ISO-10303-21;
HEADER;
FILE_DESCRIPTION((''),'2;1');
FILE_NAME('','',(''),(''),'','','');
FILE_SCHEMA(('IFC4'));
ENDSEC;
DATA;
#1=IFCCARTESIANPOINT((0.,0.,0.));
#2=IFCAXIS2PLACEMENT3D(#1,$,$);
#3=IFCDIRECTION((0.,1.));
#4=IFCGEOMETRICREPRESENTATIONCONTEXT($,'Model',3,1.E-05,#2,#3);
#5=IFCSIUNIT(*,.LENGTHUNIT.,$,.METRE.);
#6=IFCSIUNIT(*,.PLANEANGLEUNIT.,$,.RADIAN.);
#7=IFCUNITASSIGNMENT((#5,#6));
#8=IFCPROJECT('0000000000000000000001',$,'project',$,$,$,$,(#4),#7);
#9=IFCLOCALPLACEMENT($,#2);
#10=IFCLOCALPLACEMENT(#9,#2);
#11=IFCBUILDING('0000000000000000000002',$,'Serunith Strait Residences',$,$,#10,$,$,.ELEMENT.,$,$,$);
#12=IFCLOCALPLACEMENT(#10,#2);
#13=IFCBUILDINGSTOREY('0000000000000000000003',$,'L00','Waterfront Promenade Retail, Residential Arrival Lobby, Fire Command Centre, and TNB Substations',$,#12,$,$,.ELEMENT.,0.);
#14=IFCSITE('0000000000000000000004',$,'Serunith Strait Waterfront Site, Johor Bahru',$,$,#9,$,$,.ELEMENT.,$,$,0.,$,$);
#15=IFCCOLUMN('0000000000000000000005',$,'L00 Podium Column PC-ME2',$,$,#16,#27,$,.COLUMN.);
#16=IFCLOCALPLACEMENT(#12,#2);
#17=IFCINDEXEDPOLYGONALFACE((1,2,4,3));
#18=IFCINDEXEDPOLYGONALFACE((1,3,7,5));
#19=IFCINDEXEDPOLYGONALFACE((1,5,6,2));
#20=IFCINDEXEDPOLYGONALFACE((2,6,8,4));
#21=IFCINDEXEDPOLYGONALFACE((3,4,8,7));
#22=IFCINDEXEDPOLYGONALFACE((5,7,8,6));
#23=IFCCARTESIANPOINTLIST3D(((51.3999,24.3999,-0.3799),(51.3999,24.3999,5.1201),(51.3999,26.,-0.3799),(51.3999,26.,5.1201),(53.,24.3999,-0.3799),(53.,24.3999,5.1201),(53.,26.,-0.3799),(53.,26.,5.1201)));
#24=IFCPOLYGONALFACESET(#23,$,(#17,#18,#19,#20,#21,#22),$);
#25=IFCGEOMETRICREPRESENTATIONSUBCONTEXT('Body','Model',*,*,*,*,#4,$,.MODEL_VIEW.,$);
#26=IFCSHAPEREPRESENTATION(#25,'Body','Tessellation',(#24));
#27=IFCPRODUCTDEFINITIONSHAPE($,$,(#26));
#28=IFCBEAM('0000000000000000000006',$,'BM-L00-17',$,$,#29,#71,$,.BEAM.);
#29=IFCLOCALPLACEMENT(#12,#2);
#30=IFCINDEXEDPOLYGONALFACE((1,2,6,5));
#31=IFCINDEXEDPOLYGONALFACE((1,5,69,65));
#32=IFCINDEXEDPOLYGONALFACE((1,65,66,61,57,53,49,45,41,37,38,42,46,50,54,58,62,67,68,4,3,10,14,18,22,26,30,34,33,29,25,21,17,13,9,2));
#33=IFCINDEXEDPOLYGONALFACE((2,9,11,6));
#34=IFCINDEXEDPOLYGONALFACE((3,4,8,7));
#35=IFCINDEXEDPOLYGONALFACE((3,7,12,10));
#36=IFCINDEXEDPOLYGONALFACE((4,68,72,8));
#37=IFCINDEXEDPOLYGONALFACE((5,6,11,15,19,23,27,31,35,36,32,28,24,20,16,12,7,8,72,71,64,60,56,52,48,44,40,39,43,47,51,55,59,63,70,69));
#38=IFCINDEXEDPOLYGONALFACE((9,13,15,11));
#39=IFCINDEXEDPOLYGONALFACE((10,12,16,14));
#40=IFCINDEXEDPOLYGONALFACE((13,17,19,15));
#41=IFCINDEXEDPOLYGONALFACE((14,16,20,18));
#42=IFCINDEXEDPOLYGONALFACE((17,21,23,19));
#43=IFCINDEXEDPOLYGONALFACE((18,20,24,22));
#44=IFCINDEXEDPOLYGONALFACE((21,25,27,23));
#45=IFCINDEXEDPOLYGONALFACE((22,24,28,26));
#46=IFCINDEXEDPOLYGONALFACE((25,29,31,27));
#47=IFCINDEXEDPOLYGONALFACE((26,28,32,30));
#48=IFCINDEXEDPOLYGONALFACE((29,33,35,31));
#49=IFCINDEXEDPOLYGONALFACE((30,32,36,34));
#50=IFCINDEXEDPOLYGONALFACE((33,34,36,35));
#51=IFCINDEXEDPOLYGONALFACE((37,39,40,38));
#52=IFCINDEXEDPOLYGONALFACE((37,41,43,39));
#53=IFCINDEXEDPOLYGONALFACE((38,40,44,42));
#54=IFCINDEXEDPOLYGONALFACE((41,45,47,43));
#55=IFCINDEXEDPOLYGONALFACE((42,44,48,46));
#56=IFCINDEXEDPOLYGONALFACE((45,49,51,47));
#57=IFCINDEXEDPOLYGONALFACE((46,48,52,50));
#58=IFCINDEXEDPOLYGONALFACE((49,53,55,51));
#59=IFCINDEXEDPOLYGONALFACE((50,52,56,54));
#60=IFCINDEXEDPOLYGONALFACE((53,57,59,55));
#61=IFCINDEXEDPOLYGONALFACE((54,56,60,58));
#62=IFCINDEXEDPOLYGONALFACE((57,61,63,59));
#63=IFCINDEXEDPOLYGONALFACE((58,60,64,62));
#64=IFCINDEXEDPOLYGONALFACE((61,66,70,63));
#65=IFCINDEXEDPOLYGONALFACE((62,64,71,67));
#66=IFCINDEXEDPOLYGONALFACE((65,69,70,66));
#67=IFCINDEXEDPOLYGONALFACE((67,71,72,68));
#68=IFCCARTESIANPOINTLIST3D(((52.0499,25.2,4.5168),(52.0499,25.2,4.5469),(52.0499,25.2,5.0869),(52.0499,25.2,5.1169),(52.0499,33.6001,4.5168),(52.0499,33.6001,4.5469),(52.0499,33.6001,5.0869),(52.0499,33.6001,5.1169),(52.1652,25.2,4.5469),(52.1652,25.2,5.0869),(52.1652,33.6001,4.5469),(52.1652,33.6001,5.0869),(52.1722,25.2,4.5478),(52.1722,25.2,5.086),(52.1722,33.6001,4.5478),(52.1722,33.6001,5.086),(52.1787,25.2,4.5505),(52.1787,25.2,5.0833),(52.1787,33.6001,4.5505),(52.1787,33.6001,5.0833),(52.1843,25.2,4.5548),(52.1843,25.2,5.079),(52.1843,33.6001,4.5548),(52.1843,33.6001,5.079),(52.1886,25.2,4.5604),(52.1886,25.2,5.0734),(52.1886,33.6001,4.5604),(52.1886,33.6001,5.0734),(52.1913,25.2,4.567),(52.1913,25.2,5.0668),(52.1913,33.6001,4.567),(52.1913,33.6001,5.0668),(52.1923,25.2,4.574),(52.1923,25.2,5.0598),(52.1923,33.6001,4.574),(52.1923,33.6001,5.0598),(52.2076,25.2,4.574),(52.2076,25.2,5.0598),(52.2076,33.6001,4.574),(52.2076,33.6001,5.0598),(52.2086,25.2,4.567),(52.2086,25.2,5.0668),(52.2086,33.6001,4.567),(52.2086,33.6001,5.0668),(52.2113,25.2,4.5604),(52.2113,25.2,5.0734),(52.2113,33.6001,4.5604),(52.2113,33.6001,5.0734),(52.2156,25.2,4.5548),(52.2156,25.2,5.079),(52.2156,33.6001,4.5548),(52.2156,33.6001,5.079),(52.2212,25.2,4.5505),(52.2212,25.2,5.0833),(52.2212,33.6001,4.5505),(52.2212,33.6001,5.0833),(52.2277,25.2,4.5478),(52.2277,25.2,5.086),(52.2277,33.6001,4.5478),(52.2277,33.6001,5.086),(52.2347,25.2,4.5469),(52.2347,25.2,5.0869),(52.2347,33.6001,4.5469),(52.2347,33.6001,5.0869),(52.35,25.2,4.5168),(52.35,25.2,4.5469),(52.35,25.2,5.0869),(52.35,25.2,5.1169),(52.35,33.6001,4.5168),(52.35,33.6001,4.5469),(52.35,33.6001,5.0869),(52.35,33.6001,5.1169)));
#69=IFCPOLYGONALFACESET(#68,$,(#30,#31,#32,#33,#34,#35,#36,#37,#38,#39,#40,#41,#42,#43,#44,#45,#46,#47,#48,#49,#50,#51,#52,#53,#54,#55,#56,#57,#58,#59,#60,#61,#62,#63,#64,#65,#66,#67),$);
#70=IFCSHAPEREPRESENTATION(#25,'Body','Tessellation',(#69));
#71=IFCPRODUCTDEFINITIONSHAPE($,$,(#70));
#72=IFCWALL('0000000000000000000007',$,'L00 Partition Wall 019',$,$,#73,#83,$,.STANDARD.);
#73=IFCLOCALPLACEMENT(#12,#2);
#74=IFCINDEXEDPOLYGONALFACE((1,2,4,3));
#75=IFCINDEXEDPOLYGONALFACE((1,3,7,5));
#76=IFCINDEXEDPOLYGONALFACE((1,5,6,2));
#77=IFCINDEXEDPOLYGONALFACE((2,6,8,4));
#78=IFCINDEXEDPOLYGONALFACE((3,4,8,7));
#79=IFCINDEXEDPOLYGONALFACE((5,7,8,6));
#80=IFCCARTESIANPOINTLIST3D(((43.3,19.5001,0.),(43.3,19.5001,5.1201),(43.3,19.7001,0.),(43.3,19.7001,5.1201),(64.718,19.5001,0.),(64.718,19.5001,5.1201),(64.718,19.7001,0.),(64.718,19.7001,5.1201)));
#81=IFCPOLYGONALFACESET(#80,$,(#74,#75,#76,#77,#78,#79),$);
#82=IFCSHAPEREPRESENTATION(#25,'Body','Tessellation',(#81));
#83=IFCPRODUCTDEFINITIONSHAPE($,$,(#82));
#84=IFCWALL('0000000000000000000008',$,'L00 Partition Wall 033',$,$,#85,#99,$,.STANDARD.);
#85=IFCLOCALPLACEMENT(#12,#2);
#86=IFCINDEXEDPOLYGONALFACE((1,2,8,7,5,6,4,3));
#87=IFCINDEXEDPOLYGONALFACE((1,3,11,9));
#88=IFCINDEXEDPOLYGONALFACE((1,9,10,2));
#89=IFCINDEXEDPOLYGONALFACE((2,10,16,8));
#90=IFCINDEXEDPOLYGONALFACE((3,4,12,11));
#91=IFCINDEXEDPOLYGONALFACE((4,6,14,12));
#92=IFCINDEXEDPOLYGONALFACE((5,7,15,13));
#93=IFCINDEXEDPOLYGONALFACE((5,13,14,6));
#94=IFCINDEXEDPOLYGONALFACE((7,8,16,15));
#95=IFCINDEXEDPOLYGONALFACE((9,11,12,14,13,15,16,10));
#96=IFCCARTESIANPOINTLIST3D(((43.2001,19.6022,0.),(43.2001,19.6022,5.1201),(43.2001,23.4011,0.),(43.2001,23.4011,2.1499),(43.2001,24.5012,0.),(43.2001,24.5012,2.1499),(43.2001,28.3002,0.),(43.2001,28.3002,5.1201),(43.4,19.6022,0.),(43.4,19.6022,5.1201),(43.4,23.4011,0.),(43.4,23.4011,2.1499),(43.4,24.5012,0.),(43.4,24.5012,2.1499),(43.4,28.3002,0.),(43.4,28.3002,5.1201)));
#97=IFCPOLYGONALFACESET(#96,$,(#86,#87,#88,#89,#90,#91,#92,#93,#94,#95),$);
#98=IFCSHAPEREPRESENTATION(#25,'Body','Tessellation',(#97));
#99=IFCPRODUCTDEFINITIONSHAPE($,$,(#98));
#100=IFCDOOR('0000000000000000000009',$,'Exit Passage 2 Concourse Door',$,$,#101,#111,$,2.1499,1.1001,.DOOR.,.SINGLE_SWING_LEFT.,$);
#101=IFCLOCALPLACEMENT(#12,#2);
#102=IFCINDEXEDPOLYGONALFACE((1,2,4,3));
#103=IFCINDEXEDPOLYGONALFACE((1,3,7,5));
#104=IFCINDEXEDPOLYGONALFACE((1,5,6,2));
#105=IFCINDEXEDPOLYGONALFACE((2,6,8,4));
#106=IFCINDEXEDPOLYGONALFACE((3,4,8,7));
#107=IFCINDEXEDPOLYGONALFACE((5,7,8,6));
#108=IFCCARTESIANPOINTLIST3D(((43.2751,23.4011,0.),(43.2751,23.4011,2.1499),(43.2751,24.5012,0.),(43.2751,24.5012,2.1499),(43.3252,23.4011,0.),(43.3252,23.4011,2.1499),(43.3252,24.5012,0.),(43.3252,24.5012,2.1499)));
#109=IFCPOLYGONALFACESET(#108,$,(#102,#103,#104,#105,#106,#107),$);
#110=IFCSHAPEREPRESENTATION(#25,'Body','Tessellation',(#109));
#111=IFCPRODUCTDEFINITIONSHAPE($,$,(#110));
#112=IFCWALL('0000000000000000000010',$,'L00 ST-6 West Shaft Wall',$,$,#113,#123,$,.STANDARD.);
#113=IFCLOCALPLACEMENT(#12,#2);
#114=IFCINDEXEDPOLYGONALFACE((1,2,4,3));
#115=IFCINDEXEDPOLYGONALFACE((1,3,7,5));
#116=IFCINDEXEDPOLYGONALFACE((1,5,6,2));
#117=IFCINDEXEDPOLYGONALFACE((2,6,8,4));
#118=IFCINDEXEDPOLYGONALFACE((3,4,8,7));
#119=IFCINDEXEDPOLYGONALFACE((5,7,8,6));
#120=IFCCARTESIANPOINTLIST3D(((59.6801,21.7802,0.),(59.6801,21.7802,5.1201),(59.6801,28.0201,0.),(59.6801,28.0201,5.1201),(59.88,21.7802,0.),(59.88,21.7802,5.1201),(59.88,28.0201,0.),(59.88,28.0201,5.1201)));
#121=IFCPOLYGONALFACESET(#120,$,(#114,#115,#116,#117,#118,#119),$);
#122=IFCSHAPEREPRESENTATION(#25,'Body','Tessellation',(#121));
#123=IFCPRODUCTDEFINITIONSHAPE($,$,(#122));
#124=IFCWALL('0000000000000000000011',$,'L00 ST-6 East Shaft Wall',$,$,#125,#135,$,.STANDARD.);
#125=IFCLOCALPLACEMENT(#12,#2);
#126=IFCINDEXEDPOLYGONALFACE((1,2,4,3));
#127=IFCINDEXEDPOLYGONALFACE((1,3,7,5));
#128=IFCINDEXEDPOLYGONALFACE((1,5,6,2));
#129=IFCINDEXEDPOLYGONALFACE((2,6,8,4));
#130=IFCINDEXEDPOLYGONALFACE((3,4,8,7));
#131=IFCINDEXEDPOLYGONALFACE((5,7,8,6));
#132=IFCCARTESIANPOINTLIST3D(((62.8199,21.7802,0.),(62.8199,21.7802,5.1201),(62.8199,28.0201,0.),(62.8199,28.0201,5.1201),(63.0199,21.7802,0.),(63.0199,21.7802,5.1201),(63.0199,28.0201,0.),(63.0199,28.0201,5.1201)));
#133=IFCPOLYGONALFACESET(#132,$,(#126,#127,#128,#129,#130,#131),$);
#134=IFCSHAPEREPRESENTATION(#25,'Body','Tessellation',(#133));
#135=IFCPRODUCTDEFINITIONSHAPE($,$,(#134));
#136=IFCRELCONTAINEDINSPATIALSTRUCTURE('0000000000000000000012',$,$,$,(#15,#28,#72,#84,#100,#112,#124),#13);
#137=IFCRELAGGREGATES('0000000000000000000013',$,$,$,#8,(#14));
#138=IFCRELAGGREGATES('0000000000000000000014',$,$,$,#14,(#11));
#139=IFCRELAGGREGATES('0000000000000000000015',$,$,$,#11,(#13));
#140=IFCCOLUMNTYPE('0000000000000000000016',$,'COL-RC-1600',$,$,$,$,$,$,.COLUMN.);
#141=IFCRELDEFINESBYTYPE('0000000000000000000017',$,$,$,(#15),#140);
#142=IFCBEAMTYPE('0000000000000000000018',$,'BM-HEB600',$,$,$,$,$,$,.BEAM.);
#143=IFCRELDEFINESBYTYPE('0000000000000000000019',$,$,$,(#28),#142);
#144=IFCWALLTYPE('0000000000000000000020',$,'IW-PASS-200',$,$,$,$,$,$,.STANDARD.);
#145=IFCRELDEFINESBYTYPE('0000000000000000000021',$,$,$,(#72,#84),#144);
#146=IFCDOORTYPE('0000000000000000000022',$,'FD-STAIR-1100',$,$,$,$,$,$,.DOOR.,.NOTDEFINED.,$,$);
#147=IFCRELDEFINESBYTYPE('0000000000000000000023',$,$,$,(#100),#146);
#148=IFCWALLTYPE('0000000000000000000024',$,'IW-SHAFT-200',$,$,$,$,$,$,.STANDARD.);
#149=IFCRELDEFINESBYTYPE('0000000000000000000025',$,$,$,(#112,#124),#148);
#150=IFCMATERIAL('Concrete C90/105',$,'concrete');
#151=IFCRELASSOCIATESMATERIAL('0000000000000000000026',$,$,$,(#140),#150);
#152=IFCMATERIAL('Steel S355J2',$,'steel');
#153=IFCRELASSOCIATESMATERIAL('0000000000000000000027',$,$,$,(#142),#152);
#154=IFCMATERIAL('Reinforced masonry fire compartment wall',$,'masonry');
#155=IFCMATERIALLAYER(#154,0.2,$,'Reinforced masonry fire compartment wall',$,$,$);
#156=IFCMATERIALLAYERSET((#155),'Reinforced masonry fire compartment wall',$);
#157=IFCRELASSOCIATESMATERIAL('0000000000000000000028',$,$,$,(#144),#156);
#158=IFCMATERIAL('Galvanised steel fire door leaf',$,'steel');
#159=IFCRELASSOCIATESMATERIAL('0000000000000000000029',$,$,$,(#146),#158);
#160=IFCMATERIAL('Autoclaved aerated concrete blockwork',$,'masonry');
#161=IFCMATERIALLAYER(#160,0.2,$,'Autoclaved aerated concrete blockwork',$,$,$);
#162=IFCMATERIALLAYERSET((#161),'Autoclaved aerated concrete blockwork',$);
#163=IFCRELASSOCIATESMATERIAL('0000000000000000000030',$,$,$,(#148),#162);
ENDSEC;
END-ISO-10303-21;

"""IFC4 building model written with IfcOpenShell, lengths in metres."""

from ifc_helpers import new_model, si_unit, direction, frame, frame_2d, origin, origin_2d, place, context, subcontext, project, spatial, rectangle, i_section, extrude, source, transform, mapped, material, layer, layer_set, material_profile, profile_set, type_object, element, fill, save


model = new_model("IFC4")

# Units and contexts
model_context = context("Model", 3, precision=1e-05, world=origin(), true_north=direction((0.0, 1.0)))
body_context = subcontext(model_context, "Body", "Model", "MODEL_VIEW")
ifc_project = project(units=[si_unit("LENGTHUNIT", "METRE"), si_unit("PLANEANGLEUNIT", "RADIAN")], contexts=[model_context])

# Site, building, storey
site_placement = place(None, origin())
site = spatial("IfcSite", under=ifc_project, at=site_placement, Name="Serunith Strait Waterfront Site, Johor Bahru", CompositionType="ELEMENT", RefElevation=0.0)
building_placement = place(site_placement, origin())
building = spatial("IfcBuilding", under=site, at=building_placement, Name="Serunith Strait Residences", CompositionType="ELEMENT")
storey_placement = place(building_placement, origin())
storey = spatial("IfcBuildingStorey", under=building, at=storey_placement, Name="L00", Description="Waterfront Promenade Retail, Residential Arrival Lobby, Fire Command Centre, and TNB Substations", CompositionType="ELEMENT", Elevation=0.0)

# Column
ifc_material_1 = material(Name="Concrete C90/105", Category="concrete")
ifc_material_profile_1 = material_profile(ifc_material_1, rectangle(XDim=1.6001, YDim=1.6001, at=origin_2d()), Name="RC 1600x1600")
ifc_profile_set_1 = profile_set([ifc_material_profile_1], Name="Concrete C90/105")
column_type = type_object("IfcColumnType", Name="COL-RC-1600", PredefinedType="COLUMN", material=ifc_profile_set_1)
shared_shape_1 = source(origin(), body_context, "Body", "SweptSolid", [
    extrude(rectangle(XDim=1.6001, YDim=1.6001, at=origin_2d()), origin(), (0.0, 0.0, 1.0), 5.5),
])
column_placement = place(storey_placement, frame((52.2, 25.2, -0.3799), z_axis=(0.0, 0.0, 1.0), x_axis=(1.0, 0.0, 0.0)))
element("IfcColumn", 1, at=column_placement, inside=storey, type_object=column_type, Name="L00 Podium Column PC-ME2", PredefinedType="COLUMN", context=body_context, shape_type="MappedRepresentation", body=[
    mapped(shared_shape_1, transform((0.0, 0.0, 0.0), scale=1.0)),
])

# Beam
ifc_material_2 = material(Name="Steel S355J2", Category="steel")
ifc_material_profile_2 = material_profile(ifc_material_2, i_section(OverallWidth=0.3, OverallDepth=0.6001, WebThickness=0.0154, FlangeThickness=0.03, FilletRadius=0.0271, at=origin_2d()), Name="HEB 600")
ifc_profile_set_2 = profile_set([ifc_material_profile_2], Name="Steel S355J2")
beam_type = type_object("IfcBeamType", Name="BM-HEB600", PredefinedType="BEAM", material=ifc_profile_set_2)
shared_shape_2 = source(origin(), body_context, "Body", "SweptSolid", [
    extrude(i_section(OverallWidth=0.3, OverallDepth=0.6001, WebThickness=0.0154, FlangeThickness=0.03, FilletRadius=0.0271, at=origin_2d()), origin(), (0.0, 0.0, 1.0), 8.4001),
])
beam_placement = place(storey_placement, frame((52.2, 25.2, 4.8169), z_axis=(0.0, 1.0, 0.0), x_axis=(-1.0, 0.0, 0.0)))
element("IfcBeam", 2, at=beam_placement, inside=storey, type_object=beam_type, Name="BM-L00-17", PredefinedType="BEAM", context=body_context, shape_type="MappedRepresentation", body=[
    mapped(shared_shape_2, transform((0.0, 0.0, 0.0), scale=1.0)),
])

# Wall
ifc_material_3 = material(Name="Reinforced masonry fire compartment wall", Category="masonry")
ifc_layer_1 = layer(ifc_material_3, 0.2, Name="Reinforced masonry fire compartment wall")
ifc_layer_set_1 = layer_set([ifc_layer_1], Name="Reinforced masonry fire compartment wall")
wall_type_1 = type_object("IfcWallType", Name="IW-PASS-200", PredefinedType="STANDARD", material=ifc_layer_set_1)
wall_1_placement = place(storey_placement, frame((43.3, 19.6001, 0.0), z_axis=(0.0, 0.0, 1.0), x_axis=(1.0, 0.0, 0.0)))
element("IfcWall", 3, at=wall_1_placement, inside=storey, type_object=wall_type_1, Name="L00 Partition Wall 019", PredefinedType="STANDARD", context=body_context, shape_type="SweptSolid", body=[
    extrude(rectangle(XDim=21.418, YDim=0.2, at=frame_2d((10.709, 0.0))), origin(), (0.0, 0.0, 1.0), 5.1201),
])

# Wall, opening, door
wall_2_placement = place(storey_placement, frame((43.3, 19.6021, 0.0), z_axis=(0.0, 0.0, 1.0), x_axis=(0.0, 1.0, 0.0)))
wall_2 = element("IfcWall", 4, at=wall_2_placement, inside=storey, type_object=wall_type_1, Name="L00 Partition Wall 033", PredefinedType="STANDARD", context=body_context, shape_type="SweptSolid", body=[
    extrude(rectangle(XDim=8.698, YDim=0.2, at=frame_2d((4.3491, 0.0))), origin(), (0.0, 0.0, 1.0), 5.1201),
])
opening_1_placement = place(wall_2_placement, frame((3.7991, 0.0, 0.0)))
opening_1 = element("IfcOpeningElement", 5, at=opening_1_placement, cuts=wall_2, PredefinedType="OPENING", context=body_context, shape_type="SweptSolid", body=[
    extrude(rectangle(XDim=1.1001, YDim=2.1499, at=frame_2d((0.55, 1.075))), frame((0.0, 0.1099, 0.0), z_axis=(0.0, -1.0, 0.0), x_axis=(1.0, 0.0, 0.0)), (0.0, 0.0, 1.0), 0.22),
])
ifc_material_4 = material(Name="Galvanised steel fire door leaf", Category="steel")
door_type_1 = type_object("IfcDoorType", Name="FD-STAIR-1100", OperationType="NOTDEFINED", PredefinedType="DOOR", material=ifc_material_4)
shared_shape_3 = source(origin(), body_context, "Body", "SweptSolid", [
    extrude(rectangle(XDim=1.1001, YDim=2.1499, at=frame_2d((0.55, 1.075))), frame((0.0, 0.0249, 0.0), z_axis=(0.0, -1.0, 0.0), x_axis=(1.0, 0.0, 0.0)), (0.0, 0.0, 1.0), 0.05),
])
door_1_placement = place(opening_1_placement, origin())
door_1 = element("IfcDoor", 6, at=door_1_placement, inside=storey, type_object=door_type_1, Name="Exit Passage 2 Concourse Door", OperationType="SINGLE_SWING_LEFT", OverallHeight=2.1499, OverallWidth=1.1001, PredefinedType="DOOR", context=body_context, shape_type="MappedRepresentation", body=[
    mapped(shared_shape_3, transform((0.0, 0.0, 0.0), scale=1.0)),
])
fill(opening_1, door_1)
ifc_material_5 = material(Name="Autoclaved aerated concrete blockwork", Category="masonry")
ifc_layer_2 = layer(ifc_material_5, 0.2, Name="Autoclaved aerated concrete blockwork")
ifc_layer_set_2 = layer_set([ifc_layer_2], Name="Autoclaved aerated concrete blockwork")
wall_type_2 = type_object("IfcWallType", Name="IW-SHAFT-200", PredefinedType="STANDARD", material=ifc_layer_set_2)

# Walls
for number, where, z_axis, x_axis, name in (
    (7, (59.78, 21.78, 0.0), (0.0, 0.0, 1.0), (0.0, 1.0, 0.0), "L00 ST-6 West Shaft Wall"),
    (8, (62.9199, 21.78, 0.0), (0.0, 0.0, 1.0), (0.0, 1.0, 0.0), "L00 ST-6 East Shaft Wall"),
):
    element("IfcWall", number, at=place(storey_placement, frame(where, z_axis=z_axis, x_axis=x_axis)), inside=storey, type_object=wall_type_2, Name=name, PredefinedType="STANDARD", context=body_context, shape_type="SweptSolid", body=[
        extrude(rectangle(XDim=6.24, YDim=0.2, at=frame_2d((3.1201, 0.0))), origin(), (0.0, 0.0, 1.0), 5.1201),
    ])

save(model, "model.ifc")
